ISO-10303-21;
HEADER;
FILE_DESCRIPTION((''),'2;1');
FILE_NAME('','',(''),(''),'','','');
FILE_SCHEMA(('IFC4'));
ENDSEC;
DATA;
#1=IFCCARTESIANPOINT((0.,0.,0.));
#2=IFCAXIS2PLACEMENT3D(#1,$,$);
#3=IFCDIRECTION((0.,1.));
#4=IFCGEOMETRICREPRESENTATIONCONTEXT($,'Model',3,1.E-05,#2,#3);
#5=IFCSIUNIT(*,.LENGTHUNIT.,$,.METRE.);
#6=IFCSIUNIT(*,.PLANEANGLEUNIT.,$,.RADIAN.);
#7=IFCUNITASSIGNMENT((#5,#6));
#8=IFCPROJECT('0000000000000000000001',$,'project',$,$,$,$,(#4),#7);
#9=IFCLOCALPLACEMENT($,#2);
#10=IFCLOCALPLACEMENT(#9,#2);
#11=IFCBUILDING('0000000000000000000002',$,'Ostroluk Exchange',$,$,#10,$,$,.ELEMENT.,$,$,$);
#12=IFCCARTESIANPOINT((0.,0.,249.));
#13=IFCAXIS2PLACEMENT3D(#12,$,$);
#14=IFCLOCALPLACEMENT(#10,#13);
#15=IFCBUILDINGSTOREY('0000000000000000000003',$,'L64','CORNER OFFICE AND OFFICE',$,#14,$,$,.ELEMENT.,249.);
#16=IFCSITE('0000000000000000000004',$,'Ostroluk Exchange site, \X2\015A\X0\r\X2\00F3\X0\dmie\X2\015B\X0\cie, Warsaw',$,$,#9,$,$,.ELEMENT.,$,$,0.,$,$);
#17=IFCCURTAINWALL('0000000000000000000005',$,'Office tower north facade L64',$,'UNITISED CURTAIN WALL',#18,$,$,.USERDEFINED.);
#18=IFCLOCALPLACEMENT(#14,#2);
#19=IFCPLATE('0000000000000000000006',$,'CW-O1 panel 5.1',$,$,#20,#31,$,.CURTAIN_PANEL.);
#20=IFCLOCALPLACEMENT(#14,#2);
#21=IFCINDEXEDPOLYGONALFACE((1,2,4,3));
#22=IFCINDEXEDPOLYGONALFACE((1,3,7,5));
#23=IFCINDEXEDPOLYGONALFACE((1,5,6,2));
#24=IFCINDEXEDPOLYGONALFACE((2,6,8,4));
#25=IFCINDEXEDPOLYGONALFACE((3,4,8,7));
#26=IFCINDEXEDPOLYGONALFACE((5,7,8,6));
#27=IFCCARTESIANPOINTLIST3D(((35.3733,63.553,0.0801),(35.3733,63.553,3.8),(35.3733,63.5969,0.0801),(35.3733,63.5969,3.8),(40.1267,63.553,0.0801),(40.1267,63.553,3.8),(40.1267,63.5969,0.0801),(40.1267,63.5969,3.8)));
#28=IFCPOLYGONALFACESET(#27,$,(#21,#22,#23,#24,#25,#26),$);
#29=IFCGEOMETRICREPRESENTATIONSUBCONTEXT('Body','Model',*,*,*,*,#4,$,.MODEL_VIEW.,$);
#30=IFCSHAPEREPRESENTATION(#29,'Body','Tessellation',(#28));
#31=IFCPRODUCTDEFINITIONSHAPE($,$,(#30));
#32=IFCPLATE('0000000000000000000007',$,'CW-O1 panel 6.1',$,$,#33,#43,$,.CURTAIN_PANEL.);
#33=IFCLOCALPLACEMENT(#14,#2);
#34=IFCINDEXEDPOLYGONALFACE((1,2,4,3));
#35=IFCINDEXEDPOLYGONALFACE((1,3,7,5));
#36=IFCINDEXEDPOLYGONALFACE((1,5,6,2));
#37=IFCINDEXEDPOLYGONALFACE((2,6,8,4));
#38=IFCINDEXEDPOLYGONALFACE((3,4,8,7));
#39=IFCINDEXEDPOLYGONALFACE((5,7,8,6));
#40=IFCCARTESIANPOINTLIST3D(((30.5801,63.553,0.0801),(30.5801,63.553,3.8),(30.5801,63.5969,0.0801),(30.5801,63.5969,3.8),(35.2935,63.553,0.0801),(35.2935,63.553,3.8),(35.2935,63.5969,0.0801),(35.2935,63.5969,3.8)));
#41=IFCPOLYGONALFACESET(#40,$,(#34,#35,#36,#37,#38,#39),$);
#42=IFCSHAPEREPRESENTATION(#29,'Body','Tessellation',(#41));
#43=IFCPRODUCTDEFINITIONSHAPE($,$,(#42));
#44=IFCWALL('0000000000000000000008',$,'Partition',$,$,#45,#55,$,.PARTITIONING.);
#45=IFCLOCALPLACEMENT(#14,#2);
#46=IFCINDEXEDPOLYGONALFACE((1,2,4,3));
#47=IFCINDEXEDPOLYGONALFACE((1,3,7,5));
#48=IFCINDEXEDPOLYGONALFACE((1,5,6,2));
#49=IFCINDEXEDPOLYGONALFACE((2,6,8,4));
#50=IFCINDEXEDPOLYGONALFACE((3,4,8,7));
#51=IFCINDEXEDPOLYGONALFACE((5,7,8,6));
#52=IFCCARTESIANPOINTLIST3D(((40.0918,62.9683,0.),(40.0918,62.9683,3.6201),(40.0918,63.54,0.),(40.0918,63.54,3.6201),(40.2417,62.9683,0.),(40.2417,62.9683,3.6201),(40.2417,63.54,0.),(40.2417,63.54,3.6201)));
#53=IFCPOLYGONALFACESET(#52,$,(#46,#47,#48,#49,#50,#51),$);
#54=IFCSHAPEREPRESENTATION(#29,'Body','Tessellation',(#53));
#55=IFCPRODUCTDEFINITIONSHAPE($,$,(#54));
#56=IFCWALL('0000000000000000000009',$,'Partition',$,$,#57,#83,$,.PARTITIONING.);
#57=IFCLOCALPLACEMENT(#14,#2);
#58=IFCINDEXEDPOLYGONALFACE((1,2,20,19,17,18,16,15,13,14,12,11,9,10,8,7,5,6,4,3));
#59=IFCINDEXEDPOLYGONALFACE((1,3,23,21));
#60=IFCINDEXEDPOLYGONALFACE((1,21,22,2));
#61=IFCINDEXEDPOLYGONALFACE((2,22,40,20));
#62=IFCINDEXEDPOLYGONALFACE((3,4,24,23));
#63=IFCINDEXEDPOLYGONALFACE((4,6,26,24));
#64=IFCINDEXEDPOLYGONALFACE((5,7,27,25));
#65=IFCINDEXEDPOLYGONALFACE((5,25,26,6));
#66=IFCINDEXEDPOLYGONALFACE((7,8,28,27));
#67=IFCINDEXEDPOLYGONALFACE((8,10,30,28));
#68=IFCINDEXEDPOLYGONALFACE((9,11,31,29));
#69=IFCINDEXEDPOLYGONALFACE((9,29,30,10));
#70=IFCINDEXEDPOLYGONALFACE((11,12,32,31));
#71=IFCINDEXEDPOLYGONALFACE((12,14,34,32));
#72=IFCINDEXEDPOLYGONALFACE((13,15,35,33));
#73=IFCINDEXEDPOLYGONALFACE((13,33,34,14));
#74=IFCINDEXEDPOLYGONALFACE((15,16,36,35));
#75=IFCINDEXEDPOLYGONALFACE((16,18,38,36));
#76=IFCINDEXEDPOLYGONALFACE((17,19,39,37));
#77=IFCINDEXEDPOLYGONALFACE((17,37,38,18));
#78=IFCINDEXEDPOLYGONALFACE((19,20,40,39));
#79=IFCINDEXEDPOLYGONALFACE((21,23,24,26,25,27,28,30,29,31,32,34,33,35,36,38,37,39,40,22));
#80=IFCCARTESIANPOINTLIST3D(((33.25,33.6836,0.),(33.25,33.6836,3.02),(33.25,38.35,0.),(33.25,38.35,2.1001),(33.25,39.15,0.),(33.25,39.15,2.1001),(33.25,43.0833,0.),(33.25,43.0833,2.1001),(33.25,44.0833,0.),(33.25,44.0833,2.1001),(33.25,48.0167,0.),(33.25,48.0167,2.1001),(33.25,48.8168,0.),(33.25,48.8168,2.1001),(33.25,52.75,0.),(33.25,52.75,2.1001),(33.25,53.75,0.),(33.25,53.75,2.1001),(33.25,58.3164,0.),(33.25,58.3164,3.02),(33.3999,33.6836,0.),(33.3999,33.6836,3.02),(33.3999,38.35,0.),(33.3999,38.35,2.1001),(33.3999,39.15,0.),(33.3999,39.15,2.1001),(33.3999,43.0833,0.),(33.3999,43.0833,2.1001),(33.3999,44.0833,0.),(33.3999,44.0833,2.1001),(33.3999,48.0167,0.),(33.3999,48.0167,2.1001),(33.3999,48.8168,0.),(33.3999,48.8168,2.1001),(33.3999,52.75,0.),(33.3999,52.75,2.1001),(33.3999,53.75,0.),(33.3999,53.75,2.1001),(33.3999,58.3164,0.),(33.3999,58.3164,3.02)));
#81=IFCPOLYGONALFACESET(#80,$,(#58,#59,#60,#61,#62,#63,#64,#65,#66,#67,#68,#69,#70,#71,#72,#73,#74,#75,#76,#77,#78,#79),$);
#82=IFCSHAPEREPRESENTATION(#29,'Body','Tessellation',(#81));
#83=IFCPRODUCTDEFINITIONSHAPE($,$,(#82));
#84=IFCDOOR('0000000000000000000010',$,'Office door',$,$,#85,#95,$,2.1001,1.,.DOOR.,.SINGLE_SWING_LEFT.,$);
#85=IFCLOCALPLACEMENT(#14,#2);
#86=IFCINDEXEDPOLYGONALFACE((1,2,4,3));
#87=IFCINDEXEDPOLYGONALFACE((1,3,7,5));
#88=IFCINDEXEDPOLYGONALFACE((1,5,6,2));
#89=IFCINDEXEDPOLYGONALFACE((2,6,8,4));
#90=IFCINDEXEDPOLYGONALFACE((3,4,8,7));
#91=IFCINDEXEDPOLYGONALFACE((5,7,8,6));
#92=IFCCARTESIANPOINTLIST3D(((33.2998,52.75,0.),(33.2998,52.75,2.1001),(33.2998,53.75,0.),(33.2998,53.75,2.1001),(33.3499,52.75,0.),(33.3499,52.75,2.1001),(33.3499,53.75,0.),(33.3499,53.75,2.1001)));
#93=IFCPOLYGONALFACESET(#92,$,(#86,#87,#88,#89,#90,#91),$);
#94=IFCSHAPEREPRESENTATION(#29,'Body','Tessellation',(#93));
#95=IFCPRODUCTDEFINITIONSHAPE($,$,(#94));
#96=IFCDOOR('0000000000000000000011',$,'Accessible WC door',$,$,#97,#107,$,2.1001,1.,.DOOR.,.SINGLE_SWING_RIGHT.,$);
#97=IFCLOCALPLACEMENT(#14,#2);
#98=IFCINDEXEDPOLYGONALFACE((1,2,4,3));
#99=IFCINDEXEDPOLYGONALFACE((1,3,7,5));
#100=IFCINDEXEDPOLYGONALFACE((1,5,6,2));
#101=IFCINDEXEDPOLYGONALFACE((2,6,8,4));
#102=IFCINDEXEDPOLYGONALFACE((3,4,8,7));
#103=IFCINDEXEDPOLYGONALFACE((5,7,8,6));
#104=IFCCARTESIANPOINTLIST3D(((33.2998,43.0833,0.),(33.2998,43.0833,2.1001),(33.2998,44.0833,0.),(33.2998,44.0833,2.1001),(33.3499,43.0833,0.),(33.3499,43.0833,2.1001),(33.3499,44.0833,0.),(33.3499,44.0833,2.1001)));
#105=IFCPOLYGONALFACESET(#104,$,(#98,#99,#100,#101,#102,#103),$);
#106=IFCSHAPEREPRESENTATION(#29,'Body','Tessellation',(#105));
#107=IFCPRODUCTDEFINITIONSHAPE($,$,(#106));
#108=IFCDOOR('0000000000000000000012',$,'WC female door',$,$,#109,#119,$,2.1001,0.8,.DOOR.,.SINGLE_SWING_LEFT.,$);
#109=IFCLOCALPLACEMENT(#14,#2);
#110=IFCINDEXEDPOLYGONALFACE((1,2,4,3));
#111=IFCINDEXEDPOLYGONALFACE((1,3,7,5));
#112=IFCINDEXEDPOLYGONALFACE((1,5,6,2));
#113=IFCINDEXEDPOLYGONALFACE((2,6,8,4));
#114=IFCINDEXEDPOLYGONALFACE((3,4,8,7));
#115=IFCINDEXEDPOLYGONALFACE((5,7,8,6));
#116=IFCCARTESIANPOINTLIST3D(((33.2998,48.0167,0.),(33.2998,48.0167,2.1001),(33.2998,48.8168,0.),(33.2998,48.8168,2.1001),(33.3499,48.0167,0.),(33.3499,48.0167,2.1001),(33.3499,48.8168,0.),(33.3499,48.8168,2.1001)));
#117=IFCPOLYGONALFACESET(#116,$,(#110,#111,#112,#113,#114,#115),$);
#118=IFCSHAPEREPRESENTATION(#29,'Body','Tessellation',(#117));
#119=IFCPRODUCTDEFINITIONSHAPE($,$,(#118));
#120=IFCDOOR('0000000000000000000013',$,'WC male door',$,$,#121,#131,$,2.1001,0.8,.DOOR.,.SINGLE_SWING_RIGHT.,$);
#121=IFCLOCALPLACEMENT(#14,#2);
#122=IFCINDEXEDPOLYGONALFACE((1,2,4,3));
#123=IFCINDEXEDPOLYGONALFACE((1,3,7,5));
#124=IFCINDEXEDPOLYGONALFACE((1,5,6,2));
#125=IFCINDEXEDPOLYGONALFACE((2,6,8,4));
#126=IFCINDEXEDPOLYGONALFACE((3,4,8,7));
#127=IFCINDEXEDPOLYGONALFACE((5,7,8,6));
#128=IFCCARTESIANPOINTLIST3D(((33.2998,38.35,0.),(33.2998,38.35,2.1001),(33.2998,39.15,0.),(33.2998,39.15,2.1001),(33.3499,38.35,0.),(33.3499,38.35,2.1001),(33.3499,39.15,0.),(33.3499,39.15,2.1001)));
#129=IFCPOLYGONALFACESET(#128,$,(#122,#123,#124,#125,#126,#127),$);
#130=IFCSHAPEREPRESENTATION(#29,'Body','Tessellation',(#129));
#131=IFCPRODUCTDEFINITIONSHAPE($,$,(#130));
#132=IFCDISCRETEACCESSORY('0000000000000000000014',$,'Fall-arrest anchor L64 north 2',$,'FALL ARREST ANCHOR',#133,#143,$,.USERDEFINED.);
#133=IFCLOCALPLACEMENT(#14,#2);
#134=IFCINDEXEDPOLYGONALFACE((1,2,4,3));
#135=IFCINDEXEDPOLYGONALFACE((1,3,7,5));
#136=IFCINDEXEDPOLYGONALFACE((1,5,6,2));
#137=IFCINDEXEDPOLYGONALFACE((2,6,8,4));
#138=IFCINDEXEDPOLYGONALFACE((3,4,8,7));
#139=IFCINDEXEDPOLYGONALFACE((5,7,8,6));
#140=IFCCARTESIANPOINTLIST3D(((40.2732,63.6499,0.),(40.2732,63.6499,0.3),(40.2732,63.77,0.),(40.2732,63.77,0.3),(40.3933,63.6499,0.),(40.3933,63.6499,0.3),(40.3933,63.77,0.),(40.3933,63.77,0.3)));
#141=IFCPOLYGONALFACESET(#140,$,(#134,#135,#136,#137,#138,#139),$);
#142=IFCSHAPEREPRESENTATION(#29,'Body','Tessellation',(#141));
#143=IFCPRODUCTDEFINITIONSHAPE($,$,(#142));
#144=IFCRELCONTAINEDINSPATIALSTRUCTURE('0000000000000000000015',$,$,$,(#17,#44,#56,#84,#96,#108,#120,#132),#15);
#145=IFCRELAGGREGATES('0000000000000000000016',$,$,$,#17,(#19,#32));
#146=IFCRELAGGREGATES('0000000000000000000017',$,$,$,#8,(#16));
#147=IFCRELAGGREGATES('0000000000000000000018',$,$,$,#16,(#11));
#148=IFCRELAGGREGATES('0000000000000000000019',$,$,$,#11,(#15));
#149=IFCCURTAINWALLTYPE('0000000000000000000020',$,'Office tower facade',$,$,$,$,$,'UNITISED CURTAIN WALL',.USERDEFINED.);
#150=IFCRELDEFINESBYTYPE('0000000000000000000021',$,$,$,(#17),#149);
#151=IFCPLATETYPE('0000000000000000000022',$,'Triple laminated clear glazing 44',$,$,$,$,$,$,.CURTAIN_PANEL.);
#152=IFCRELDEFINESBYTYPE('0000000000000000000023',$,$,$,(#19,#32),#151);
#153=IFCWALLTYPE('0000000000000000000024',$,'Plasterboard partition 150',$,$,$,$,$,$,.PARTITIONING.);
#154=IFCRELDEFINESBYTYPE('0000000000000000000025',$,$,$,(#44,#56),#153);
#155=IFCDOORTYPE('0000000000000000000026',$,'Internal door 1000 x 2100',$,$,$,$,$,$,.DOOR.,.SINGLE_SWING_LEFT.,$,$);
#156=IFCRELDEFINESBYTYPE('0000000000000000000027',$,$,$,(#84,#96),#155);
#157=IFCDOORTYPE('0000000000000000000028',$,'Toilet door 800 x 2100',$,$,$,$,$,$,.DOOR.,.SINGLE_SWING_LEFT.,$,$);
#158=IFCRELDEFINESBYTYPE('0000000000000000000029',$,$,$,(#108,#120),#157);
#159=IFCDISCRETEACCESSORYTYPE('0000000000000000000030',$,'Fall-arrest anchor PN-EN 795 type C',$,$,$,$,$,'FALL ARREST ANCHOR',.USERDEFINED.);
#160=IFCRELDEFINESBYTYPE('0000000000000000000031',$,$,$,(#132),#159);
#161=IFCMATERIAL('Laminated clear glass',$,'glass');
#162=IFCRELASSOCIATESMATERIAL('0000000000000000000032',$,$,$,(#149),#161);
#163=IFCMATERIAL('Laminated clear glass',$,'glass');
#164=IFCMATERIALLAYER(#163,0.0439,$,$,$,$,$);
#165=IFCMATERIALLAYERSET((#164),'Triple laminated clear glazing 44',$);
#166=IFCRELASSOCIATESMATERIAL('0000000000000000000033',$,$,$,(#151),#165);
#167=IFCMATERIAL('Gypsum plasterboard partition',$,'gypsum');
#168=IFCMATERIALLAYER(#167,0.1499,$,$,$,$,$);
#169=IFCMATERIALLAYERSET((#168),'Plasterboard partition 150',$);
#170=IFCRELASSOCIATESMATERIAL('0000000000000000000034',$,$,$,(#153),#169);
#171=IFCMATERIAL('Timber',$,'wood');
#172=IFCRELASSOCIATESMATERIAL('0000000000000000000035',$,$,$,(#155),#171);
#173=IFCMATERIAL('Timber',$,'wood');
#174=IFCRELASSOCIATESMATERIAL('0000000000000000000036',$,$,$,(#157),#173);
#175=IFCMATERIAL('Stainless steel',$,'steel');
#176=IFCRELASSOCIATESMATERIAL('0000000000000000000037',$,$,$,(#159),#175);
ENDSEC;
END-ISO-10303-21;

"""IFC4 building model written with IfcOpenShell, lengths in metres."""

from ifc_helpers import new_model, si_unit, direction, frame, frame_2d, origin, origin_2d, place, context, subcontext, project, spatial, rectangle, extrude, material, layer, layer_set, type_object, element, fill, aggregate, save


model = new_model("IFC4")

# Units and contexts
model_context = context("Model", 3, precision=1e-05, world=origin(), true_north=direction((0.0, 1.0)))
body_context = subcontext(model_context, "Body", "Model", "MODEL_VIEW")
ifc_project = project(units=[si_unit("LENGTHUNIT", "METRE"), si_unit("PLANEANGLEUNIT", "RADIAN")], contexts=[model_context])

# Site, building, storey
site_placement = place(None, origin())
site = spatial("IfcSite", under=ifc_project, at=site_placement, Name="Ostroluk Exchange site, Śródmieście, Warsaw", CompositionType="ELEMENT", RefElevation=0.0)
building_placement = place(site_placement, origin())
building = spatial("IfcBuilding", under=site, at=building_placement, Name="Ostroluk Exchange", CompositionType="ELEMENT")
storey_placement = place(building_placement, frame((0.0, 0.0, 249.0)))
storey = spatial("IfcBuildingStorey", under=building, at=storey_placement, Name="L64", Description="CORNER OFFICE AND OFFICE", CompositionType="ELEMENT", Elevation=249.0)

# Curtain wall, plates
ifc_material_1 = material(Name="Laminated clear glass", Category="glass")
curtain_wall_type = type_object("IfcCurtainWallType", Name="Office tower facade", ElementType="UNITISED CURTAIN WALL", PredefinedType="USERDEFINED", material=ifc_material_1)
curtain_wall_placement = place(storey_placement, origin())
curtain_wall = element("IfcCurtainWall", 1, at=curtain_wall_placement, inside=storey, type_object=curtain_wall_type, Name="Office tower north facade L64", ObjectType="UNITISED CURTAIN WALL", PredefinedType="USERDEFINED")
ifc_material_2 = material(Name="Laminated clear glass", Category="glass")
ifc_layer_1 = layer(ifc_material_2, 0.0439)
ifc_layer_set_1 = layer_set([ifc_layer_1], Name="Triple laminated clear glazing 44")
plate_type = type_object("IfcPlateType", Name="Triple laminated clear glazing 44", PredefinedType="CURTAIN_PANEL", material=ifc_layer_set_1)
plate_1_placement = place(storey_placement, frame((37.75, 63.575, 0.0801), z_axis=(0.0, 0.0, 1.0), x_axis=(-1.0, 0.0, 0.0)))
plate_1 = element("IfcPlate", 2, at=plate_1_placement, type_object=plate_type, Name="CW-O1 panel 5.1", PredefinedType="CURTAIN_PANEL", context=body_context, shape_type="SweptSolid", body=[
    extrude(rectangle(XDim=4.7534, YDim=0.0439, at=origin_2d()), origin(), (0.0, 0.0, 1.0), 3.72),
])
plate_2_placement = place(storey_placement, frame((32.9368, 63.575, 0.0801), z_axis=(0.0, 0.0, 1.0), x_axis=(-1.0, 0.0, 0.0)))
plate_2 = element("IfcPlate", 3, at=plate_2_placement, type_object=plate_type, Name="CW-O1 panel 6.1", PredefinedType="CURTAIN_PANEL", context=body_context, shape_type="SweptSolid", body=[
    extrude(rectangle(XDim=4.7134, YDim=0.0439, at=origin_2d()), origin(), (0.0, 0.0, 1.0), 3.72),
])
aggregate(curtain_wall, [plate_1, plate_2])

# Wall
ifc_material_3 = material(Name="Gypsum plasterboard partition", Category="gypsum")
ifc_layer_2 = layer(ifc_material_3, 0.1499)
ifc_layer_set_2 = layer_set([ifc_layer_2], Name="Plasterboard partition 150")
wall_type = type_object("IfcWallType", Name="Plasterboard partition 150", PredefinedType="PARTITIONING", material=ifc_layer_set_2)
wall_1_placement = place(storey_placement, frame((40.1667, 62.9683, 0.0), z_axis=(0.0, 0.0, 1.0), x_axis=(0.0, 1.0, 0.0)))
element("IfcWall", 4, at=wall_1_placement, inside=storey, type_object=wall_type, Name="Partition", PredefinedType="PARTITIONING", context=body_context, shape_type="SweptSolid", body=[
    extrude(rectangle(XDim=0.5718, YDim=0.1499, at=frame_2d((0.2859, 0.0))), origin(), (0.0, 0.0, 1.0), 3.6201),
])

# Wall, openings, doors
wall_2_placement = place(storey_placement, frame((33.325, 58.3164, 0.0), z_axis=(0.0, 0.0, 1.0), x_axis=(0.0, -1.0, 0.0)))
wall_2 = element("IfcWall", 5, at=wall_2_placement, inside=storey, type_object=wall_type, Name="Partition", PredefinedType="PARTITIONING", context=body_context, shape_type="SweptSolid", body=[
    extrude(rectangle(XDim=24.6328, YDim=0.1499, at=frame_2d((12.3164, 0.0))), origin(), (0.0, 0.0, 1.0), 3.02),
])
opening_1_placement = place(wall_2_placement, frame((4.5664, 0.0, 0.0)))
opening_1 = element("IfcOpeningElement", 6, at=opening_1_placement, cuts=wall_2, PredefinedType="OPENING", context=body_context, shape_type="SweptSolid", body=[
    extrude(rectangle(XDim=1.0, YDim=2.1001, at=frame_2d((0.5, 1.05))), frame((0.0, 0.085, 0.0), z_axis=(0.0, -1.0, 0.0), x_axis=(1.0, 0.0, 0.0)), (0.0, 0.0, 1.0), 0.1699),
])
opening_2_placement = place(wall_2_placement, frame((9.4998, 0.0, 0.0)))
opening_2 = element("IfcOpeningElement", 7, at=opening_2_placement, cuts=wall_2, PredefinedType="OPENING", context=body_context, shape_type="SweptSolid", body=[
    extrude(rectangle(XDim=0.8, YDim=2.1001, at=frame_2d((0.3999, 1.05))), frame((0.0, 0.085, 0.0), z_axis=(0.0, -1.0, 0.0), x_axis=(1.0, 0.0, 0.0)), (0.0, 0.0, 1.0), 0.1699),
])
opening_3_placement = place(wall_2_placement, frame((14.2332, 0.0, 0.0)))
opening_3 = element("IfcOpeningElement", 8, at=opening_3_placement, cuts=wall_2, PredefinedType="OPENING", context=body_context, shape_type="SweptSolid", body=[
    extrude(rectangle(XDim=1.0, YDim=2.1001, at=frame_2d((0.5, 1.05))), frame((0.0, 0.085, 0.0), z_axis=(0.0, -1.0, 0.0), x_axis=(1.0, 0.0, 0.0)), (0.0, 0.0, 1.0), 0.1699),
])
opening_4_placement = place(wall_2_placement, frame((19.1665, 0.0, 0.0)))
opening_4 = element("IfcOpeningElement", 9, at=opening_4_placement, cuts=wall_2, PredefinedType="OPENING", context=body_context, shape_type="SweptSolid", body=[
    extrude(rectangle(XDim=0.8, YDim=2.1001, at=frame_2d((0.3999, 1.05))), frame((0.0, 0.085, 0.0), z_axis=(0.0, -1.0, 0.0), x_axis=(1.0, 0.0, 0.0)), (0.0, 0.0, 1.0), 0.1699),
])
ifc_material_4 = material(Name="Timber", Category="wood")
door_type_1 = type_object("IfcDoorType", Name="Internal door 1000 x 2100", OperationType="SINGLE_SWING_LEFT", PredefinedType="DOOR", material=ifc_material_4)
door_1_placement = place(opening_1_placement, origin())
door_1 = element("IfcDoor", 10, at=door_1_placement, inside=storey, type_object=door_type_1, Name="Office door", OperationType="SINGLE_SWING_LEFT", OverallHeight=2.1001, OverallWidth=1.0, PredefinedType="DOOR", context=body_context, shape_type="SweptSolid", body=[
    extrude(rectangle(XDim=1.0, YDim=2.1001, at=frame_2d((0.5, 1.05))), frame((0.0, 0.0249, 0.0), z_axis=(0.0, -1.0, 0.0), x_axis=(1.0, 0.0, 0.0)), (0.0, 0.0, 1.0), 0.05),
])
fill(opening_1, door_1)
door_2_placement = place(opening_3_placement, origin())
door_2 = element("IfcDoor", 11, at=door_2_placement, inside=storey, type_object=door_type_1, Name="Accessible WC door", OperationType="SINGLE_SWING_RIGHT", OverallHeight=2.1001, OverallWidth=1.0, PredefinedType="DOOR", context=body_context, shape_type="SweptSolid", body=[
    extrude(rectangle(XDim=1.0, YDim=2.1001, at=frame_2d((0.5, 1.05))), frame((0.0, 0.0249, 0.0), z_axis=(0.0, -1.0, 0.0), x_axis=(1.0, 0.0, 0.0)), (0.0, 0.0, 1.0), 0.05),
])
fill(opening_3, door_2)
ifc_material_5 = material(Name="Timber", Category="wood")
door_type_2 = type_object("IfcDoorType", Name="Toilet door 800 x 2100", OperationType="SINGLE_SWING_LEFT", PredefinedType="DOOR", material=ifc_material_5)
door_3_placement = place(opening_2_placement, origin())
door_3 = element("IfcDoor", 12, at=door_3_placement, inside=storey, type_object=door_type_2, Name="WC female door", OperationType="SINGLE_SWING_LEFT", OverallHeight=2.1001, OverallWidth=0.8, PredefinedType="DOOR", context=body_context, shape_type="SweptSolid", body=[
    extrude(rectangle(XDim=0.8, YDim=2.1001, at=frame_2d((0.3999, 1.05))), frame((0.0, 0.0249, 0.0), z_axis=(0.0, -1.0, 0.0), x_axis=(1.0, 0.0, 0.0)), (0.0, 0.0, 1.0), 0.05),
])
fill(opening_2, door_3)
door_4_placement = place(opening_4_placement, origin())
door_4 = element("IfcDoor", 13, at=door_4_placement, inside=storey, type_object=door_type_2, Name="WC male door", OperationType="SINGLE_SWING_RIGHT", OverallHeight=2.1001, OverallWidth=0.8, PredefinedType="DOOR", context=body_context, shape_type="SweptSolid", body=[
    extrude(rectangle(XDim=0.8, YDim=2.1001, at=frame_2d((0.3999, 1.05))), frame((0.0, 0.0249, 0.0), z_axis=(0.0, -1.0, 0.0), x_axis=(1.0, 0.0, 0.0)), (0.0, 0.0, 1.0), 0.05),
])
fill(opening_4, door_4)

# Discrete accessory
ifc_material_6 = material(Name="Stainless steel", Category="steel")
discrete_accessory_type = type_object("IfcDiscreteAccessoryType", Name="Fall-arrest anchor PN-EN 795 type C", ElementType="FALL ARREST ANCHOR", PredefinedType="USERDEFINED", material=ifc_material_6)
discrete_accessory_placement = place(storey_placement, frame((40.3333, 63.71, 0.0), z_axis=(0.0, 0.0, 1.0), x_axis=(1.0, 0.0, 0.0)))
element("IfcDiscreteAccessory", 14, at=discrete_accessory_placement, inside=storey, type_object=discrete_accessory_type, Name="Fall-arrest anchor L64 north 2", ObjectType="FALL ARREST ANCHOR", PredefinedType="USERDEFINED", context=body_context, shape_type="SweptSolid", body=[
    extrude(rectangle(XDim=0.1201, YDim=0.1201, at=origin_2d()), origin(), (0.0, 0.0, 1.0), 0.3),
])

save(model, "model.ifc")
